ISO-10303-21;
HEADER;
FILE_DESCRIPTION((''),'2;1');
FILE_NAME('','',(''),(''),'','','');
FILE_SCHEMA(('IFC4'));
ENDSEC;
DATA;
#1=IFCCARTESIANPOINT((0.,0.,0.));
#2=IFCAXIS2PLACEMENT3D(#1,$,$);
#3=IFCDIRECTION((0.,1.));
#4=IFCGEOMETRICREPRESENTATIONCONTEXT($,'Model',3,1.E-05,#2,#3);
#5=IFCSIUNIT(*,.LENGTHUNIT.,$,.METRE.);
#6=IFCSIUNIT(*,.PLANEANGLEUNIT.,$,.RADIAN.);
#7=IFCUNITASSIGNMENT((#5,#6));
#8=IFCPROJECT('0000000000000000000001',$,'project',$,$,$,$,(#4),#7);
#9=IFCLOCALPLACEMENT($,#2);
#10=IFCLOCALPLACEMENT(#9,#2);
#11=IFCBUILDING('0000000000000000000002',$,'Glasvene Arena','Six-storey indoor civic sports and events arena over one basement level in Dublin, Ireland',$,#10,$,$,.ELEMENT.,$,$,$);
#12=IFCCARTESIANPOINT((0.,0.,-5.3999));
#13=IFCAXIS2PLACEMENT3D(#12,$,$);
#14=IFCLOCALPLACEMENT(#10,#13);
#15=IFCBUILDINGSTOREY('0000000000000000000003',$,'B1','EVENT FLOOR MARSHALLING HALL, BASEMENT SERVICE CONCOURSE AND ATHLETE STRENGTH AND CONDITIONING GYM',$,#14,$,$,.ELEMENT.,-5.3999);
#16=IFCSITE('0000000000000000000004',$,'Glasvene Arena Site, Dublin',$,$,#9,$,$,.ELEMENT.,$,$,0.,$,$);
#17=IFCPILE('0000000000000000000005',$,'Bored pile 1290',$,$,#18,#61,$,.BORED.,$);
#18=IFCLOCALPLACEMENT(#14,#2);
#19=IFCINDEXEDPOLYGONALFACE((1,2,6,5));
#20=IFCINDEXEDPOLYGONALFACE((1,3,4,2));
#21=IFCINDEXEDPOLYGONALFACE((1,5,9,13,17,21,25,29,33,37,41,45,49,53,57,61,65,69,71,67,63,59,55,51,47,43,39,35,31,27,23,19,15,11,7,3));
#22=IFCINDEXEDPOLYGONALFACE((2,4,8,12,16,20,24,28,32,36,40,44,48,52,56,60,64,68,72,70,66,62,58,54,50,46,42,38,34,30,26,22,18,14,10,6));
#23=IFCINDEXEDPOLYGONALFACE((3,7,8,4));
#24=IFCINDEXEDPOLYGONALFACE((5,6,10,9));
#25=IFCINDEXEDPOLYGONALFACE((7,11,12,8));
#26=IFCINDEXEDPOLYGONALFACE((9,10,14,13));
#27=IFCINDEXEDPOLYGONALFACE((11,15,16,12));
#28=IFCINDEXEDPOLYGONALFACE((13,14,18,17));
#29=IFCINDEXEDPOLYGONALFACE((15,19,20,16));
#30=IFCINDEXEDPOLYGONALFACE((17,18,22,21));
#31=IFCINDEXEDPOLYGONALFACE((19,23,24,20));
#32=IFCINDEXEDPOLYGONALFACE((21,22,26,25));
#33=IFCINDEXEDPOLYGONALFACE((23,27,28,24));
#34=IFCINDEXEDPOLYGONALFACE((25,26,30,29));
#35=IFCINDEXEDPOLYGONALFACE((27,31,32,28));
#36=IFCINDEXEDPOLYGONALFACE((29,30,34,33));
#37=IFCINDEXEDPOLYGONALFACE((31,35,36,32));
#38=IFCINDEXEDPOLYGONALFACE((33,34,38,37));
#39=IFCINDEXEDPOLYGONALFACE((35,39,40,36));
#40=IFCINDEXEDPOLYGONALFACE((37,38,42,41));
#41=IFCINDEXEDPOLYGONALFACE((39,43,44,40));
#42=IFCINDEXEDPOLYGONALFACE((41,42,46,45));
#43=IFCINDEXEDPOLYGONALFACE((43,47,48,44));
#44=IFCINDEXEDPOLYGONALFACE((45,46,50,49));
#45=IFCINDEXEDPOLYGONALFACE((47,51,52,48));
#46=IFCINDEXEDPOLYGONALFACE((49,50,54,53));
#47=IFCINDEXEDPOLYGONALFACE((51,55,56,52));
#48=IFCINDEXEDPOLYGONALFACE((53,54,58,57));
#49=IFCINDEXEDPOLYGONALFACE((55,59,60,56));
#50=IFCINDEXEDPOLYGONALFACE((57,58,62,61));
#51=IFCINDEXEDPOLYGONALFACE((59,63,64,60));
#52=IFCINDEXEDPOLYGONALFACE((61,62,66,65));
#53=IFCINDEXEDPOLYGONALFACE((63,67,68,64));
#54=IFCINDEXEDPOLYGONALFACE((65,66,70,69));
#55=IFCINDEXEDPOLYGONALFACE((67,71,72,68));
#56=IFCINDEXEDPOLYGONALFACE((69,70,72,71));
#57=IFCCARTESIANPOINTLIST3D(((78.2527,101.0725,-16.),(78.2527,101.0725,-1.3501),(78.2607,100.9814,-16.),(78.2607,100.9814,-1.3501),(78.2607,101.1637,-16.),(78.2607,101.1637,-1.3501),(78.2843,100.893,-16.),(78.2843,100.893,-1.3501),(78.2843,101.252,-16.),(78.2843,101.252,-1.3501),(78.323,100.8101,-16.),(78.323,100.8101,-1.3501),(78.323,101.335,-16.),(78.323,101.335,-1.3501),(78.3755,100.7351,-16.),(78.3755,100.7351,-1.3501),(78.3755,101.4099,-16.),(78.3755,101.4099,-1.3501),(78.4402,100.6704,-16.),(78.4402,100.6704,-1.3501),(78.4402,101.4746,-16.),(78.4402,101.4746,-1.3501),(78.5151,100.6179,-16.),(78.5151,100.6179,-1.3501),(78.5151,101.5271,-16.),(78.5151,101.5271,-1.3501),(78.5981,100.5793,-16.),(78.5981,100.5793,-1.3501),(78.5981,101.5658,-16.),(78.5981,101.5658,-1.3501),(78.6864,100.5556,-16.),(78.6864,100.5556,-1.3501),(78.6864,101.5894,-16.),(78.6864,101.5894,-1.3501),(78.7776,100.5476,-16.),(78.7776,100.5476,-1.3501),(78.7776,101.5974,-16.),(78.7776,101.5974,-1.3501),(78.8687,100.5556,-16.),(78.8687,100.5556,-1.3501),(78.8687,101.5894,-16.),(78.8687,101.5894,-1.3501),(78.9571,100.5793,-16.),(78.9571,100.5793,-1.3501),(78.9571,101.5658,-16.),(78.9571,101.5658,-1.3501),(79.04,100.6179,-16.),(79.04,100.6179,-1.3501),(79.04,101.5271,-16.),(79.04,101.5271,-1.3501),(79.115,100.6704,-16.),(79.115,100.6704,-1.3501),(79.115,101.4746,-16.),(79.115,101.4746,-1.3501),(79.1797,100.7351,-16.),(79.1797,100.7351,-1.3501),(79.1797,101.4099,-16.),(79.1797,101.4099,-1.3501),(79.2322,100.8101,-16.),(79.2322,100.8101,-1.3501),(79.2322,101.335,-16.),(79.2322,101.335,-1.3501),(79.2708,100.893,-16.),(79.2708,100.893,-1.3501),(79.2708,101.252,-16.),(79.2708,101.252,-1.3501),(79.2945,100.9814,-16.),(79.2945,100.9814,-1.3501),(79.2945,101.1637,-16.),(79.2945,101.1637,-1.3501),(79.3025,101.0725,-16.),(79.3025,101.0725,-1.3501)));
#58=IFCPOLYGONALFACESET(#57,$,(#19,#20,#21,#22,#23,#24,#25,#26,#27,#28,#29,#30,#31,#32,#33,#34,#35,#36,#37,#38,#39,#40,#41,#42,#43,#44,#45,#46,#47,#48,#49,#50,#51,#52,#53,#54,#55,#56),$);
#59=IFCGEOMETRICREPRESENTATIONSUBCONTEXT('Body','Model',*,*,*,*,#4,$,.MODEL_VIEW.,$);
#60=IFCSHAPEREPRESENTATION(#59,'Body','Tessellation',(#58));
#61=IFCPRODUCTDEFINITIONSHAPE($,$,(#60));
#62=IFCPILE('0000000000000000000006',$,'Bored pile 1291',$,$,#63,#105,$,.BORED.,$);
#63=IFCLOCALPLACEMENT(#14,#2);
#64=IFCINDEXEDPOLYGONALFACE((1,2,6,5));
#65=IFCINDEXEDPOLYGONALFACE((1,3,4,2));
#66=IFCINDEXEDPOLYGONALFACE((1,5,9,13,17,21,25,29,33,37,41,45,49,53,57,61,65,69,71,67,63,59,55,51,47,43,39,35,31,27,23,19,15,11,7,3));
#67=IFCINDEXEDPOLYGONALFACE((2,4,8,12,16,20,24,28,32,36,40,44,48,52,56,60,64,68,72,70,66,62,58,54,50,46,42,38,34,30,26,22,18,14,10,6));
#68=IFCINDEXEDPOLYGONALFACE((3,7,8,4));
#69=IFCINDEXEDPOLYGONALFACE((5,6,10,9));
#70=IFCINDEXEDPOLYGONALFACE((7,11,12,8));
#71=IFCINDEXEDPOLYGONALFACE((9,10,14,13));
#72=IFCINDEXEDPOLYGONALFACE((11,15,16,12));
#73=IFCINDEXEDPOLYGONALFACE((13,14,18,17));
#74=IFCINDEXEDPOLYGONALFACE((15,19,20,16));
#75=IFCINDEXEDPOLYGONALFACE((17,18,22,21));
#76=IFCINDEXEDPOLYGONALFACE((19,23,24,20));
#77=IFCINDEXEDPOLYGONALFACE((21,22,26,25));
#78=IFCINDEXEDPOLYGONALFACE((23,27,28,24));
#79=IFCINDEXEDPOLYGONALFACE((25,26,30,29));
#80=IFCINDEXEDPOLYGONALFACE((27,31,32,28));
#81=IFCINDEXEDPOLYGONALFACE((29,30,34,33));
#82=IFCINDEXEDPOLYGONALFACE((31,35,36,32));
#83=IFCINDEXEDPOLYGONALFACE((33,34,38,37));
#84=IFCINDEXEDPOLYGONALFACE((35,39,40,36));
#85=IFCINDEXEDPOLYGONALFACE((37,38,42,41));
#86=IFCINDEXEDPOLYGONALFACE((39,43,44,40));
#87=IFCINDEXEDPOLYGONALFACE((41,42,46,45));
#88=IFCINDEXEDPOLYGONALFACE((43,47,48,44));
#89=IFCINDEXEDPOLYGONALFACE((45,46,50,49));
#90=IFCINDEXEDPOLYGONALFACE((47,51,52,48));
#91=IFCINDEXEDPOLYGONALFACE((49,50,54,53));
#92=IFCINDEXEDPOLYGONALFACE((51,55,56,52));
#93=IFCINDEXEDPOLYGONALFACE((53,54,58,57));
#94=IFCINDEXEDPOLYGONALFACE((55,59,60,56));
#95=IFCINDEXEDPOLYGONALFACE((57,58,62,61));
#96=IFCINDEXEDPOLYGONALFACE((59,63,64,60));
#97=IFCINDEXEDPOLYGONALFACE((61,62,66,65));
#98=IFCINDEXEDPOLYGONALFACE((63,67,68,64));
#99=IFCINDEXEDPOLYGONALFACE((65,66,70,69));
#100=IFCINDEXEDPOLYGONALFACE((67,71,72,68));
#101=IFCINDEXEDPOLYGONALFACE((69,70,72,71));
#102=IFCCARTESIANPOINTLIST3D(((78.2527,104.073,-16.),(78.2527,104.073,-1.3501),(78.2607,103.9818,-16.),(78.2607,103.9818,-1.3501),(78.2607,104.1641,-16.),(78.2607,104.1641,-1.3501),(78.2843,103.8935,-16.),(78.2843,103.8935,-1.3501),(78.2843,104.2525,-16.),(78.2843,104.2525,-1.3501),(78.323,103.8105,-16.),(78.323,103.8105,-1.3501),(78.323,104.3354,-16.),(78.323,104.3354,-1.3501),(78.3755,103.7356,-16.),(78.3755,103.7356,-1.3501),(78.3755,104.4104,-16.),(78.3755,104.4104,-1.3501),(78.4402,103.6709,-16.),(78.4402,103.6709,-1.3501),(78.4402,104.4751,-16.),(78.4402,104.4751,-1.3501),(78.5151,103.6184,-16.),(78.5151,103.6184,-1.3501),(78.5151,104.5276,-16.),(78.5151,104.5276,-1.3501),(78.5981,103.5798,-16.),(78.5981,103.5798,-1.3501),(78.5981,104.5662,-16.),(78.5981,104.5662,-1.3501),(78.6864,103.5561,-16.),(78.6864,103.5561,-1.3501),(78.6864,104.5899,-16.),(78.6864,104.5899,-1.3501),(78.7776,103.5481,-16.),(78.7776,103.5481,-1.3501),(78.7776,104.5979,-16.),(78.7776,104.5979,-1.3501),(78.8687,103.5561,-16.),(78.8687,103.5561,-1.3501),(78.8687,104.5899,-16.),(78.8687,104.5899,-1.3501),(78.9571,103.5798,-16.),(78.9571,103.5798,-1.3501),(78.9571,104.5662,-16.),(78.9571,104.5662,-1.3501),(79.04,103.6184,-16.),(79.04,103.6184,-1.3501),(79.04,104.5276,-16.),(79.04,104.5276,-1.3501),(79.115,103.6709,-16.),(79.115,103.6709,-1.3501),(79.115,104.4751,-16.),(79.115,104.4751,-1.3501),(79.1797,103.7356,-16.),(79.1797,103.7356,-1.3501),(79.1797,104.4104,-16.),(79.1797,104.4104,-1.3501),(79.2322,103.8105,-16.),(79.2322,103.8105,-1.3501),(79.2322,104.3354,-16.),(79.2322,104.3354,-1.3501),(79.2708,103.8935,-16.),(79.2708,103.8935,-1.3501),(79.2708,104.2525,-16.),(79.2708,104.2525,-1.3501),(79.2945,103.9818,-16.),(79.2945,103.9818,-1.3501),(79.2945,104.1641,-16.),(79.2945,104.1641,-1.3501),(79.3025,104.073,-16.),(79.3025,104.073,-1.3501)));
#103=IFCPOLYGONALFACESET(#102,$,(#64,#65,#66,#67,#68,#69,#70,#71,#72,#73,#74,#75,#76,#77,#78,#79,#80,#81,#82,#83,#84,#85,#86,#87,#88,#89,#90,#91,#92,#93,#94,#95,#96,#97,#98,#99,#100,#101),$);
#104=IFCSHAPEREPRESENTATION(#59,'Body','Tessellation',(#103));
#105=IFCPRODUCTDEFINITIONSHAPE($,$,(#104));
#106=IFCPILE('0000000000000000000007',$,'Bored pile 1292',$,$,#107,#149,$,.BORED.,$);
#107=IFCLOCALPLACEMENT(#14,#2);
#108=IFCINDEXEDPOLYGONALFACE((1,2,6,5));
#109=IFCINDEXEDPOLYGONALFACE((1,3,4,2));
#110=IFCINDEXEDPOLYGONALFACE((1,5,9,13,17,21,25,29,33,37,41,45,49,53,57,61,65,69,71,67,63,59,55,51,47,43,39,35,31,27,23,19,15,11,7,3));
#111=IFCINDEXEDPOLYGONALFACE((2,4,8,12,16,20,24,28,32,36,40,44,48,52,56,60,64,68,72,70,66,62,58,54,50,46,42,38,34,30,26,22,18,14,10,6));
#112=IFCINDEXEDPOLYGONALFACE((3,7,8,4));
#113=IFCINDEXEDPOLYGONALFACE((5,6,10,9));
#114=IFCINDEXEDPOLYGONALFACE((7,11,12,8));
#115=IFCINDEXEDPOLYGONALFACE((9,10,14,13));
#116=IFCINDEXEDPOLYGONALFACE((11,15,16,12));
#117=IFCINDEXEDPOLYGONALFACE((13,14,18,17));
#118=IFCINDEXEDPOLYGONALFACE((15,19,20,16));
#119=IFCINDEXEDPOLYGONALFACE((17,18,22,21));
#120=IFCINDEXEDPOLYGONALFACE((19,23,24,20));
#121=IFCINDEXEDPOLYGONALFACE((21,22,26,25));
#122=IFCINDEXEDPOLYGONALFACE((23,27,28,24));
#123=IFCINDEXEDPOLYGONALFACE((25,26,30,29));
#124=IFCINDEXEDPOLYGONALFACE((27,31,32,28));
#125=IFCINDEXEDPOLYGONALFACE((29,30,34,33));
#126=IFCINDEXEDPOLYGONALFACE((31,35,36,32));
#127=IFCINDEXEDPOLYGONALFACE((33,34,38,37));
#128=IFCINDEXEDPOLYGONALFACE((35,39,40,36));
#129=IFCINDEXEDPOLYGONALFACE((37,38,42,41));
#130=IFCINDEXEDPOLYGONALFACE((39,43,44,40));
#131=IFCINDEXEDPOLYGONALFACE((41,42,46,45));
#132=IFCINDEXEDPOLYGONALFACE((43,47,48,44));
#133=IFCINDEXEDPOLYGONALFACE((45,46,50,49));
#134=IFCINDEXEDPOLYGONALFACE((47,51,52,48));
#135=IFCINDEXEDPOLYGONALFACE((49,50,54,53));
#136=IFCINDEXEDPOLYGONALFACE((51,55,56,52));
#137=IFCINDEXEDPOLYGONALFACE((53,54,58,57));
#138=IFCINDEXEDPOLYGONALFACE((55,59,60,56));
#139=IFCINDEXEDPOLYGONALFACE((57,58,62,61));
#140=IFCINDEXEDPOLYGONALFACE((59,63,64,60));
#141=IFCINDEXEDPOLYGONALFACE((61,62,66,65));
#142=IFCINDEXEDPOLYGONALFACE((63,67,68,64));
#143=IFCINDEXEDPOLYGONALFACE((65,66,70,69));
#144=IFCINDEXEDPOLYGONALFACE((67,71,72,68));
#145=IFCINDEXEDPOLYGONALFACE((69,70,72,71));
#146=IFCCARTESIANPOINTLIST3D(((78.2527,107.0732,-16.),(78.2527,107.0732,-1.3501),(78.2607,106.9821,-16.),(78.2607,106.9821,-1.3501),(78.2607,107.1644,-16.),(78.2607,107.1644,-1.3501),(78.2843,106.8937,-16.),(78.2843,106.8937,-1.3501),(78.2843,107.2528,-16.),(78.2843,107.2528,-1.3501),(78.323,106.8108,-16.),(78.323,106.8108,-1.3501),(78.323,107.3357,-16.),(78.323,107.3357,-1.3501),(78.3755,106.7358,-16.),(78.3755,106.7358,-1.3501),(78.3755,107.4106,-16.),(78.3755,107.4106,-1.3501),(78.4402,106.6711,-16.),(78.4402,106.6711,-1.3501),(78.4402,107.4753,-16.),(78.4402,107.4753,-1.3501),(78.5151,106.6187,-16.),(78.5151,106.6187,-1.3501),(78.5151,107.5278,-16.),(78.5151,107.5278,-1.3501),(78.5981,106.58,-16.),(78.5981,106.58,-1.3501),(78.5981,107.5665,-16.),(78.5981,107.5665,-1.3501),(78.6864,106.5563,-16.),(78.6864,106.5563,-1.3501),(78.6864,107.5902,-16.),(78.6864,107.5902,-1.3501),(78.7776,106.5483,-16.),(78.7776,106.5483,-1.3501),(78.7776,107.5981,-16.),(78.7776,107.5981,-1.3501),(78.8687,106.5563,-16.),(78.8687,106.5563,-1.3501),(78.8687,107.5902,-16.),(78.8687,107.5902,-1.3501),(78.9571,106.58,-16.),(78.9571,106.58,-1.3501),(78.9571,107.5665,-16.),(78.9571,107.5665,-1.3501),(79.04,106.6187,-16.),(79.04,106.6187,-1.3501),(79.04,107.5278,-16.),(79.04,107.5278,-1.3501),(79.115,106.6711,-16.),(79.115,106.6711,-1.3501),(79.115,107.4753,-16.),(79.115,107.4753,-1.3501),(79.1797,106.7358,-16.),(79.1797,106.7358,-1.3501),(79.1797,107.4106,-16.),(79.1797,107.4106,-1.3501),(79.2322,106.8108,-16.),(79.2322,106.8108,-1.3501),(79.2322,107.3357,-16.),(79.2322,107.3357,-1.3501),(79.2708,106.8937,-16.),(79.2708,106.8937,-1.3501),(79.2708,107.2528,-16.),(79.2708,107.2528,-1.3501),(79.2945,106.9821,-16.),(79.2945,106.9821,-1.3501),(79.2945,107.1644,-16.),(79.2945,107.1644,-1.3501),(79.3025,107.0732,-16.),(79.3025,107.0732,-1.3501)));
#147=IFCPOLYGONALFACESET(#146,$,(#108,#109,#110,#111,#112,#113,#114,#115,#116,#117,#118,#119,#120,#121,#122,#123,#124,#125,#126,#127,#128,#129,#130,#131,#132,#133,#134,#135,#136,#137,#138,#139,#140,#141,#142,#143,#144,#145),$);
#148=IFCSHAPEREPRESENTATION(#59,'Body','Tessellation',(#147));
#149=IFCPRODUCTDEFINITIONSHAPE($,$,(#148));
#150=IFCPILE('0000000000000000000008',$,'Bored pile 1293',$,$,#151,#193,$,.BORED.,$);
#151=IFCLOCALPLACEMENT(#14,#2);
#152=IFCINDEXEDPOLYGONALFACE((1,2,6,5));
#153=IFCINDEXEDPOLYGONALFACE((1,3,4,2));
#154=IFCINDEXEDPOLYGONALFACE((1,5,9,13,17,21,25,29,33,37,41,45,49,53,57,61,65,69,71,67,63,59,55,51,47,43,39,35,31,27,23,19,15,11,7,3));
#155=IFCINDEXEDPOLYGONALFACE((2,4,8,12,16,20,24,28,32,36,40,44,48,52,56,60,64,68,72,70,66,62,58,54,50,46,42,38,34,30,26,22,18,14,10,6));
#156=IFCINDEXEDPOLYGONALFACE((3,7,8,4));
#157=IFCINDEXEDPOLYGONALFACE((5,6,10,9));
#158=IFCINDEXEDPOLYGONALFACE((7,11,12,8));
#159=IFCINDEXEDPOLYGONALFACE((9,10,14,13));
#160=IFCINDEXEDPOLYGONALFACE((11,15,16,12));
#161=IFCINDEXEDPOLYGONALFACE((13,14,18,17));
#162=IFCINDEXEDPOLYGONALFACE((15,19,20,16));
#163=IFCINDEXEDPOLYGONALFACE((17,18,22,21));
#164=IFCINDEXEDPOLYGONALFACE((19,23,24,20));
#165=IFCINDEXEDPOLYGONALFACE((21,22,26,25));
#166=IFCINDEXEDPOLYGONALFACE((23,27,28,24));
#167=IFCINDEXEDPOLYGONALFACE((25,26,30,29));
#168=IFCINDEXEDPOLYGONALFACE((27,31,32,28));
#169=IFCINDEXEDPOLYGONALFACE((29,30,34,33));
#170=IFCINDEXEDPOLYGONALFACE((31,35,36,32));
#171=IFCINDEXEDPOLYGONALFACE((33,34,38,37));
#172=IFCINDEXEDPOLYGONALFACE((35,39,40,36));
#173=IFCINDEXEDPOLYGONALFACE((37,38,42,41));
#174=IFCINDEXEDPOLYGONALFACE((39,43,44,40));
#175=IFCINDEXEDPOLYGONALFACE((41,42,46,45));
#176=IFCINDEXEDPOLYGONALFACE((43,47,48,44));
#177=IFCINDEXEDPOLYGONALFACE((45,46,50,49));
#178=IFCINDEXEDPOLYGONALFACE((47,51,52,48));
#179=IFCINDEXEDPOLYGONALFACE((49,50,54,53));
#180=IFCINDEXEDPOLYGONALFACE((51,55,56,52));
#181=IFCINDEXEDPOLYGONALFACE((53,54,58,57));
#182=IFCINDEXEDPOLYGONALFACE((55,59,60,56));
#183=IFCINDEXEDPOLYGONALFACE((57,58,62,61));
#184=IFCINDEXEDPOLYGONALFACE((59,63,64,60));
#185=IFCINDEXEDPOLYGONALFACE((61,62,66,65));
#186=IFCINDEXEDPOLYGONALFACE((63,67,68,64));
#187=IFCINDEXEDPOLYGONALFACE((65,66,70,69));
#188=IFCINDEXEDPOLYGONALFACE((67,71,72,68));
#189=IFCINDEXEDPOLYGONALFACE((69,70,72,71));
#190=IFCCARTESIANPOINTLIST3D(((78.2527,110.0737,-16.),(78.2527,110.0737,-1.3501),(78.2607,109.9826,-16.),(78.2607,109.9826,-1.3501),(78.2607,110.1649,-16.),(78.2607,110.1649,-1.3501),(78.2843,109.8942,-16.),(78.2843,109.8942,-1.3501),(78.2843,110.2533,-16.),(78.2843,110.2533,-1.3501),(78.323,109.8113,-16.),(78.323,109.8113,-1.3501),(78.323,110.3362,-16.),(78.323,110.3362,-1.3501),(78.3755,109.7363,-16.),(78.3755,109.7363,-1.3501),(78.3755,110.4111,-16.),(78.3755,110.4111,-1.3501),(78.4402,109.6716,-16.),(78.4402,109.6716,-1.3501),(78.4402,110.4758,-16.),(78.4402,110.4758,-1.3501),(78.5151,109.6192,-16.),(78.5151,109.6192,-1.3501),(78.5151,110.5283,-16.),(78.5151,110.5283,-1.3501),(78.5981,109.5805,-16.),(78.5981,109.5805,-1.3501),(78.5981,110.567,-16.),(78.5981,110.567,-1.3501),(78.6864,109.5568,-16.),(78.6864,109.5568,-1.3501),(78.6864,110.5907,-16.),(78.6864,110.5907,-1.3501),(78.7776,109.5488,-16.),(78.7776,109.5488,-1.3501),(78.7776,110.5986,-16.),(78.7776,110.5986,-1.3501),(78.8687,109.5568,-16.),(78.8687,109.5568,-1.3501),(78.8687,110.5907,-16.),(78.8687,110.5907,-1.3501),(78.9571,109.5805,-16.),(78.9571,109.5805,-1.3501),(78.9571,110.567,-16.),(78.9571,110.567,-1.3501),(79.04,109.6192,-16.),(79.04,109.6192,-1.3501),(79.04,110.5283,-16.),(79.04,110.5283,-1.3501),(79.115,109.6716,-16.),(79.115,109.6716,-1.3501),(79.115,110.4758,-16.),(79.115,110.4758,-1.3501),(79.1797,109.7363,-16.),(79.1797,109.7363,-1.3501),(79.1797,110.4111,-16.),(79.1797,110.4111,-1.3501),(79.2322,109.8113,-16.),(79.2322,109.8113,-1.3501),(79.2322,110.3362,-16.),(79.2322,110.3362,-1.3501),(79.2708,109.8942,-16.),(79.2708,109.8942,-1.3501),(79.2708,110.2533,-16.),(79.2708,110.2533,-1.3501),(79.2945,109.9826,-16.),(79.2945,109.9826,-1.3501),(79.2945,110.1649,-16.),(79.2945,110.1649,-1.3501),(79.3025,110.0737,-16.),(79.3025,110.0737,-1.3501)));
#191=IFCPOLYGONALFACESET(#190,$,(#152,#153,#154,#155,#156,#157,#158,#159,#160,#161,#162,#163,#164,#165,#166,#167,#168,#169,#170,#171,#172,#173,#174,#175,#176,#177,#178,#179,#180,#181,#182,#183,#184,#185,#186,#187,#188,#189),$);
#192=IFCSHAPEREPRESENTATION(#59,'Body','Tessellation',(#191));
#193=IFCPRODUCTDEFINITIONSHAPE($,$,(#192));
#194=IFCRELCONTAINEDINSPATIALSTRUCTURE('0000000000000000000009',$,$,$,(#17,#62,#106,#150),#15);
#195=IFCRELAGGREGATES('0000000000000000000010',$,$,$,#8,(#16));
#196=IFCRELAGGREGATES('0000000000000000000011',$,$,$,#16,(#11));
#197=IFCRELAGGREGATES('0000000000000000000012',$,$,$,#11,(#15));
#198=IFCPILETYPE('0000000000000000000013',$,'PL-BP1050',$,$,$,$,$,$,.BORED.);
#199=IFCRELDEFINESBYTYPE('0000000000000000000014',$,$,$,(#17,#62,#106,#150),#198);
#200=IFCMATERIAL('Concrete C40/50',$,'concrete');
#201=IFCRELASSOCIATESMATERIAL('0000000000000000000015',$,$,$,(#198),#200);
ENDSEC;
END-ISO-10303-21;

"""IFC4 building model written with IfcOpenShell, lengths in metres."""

from ifc_helpers import new_model, si_unit, direction, frame, origin, origin_2d, place, context, subcontext, project, spatial, circle, extrude, material, material_profile, profile_set, type_object, element, save


model = new_model("IFC4")

# Units and contexts
model_context = context("Model", 3, precision=1e-05, world=origin(), true_north=direction((0.0, 1.0)))
body_context = subcontext(model_context, "Body", "Model", "MODEL_VIEW")
ifc_project = project(units=[si_unit("LENGTHUNIT", "METRE"), si_unit("PLANEANGLEUNIT", "RADIAN")], contexts=[model_context])

# Site, building, storey
site_placement = place(None, origin())
site = spatial("IfcSite", under=ifc_project, at=site_placement, Name="Glasvene Arena Site, Dublin", CompositionType="ELEMENT", RefElevation=0.0)
building_placement = place(site_placement, origin())
building = spatial("IfcBuilding", under=site, at=building_placement, Name="Glasvene Arena", Description="Six-storey indoor civic sports and events arena over one basement level in Dublin, Ireland", CompositionType="ELEMENT")
storey_placement = place(building_placement, frame((0.0, 0.0, -5.3999)))
storey = spatial("IfcBuildingStorey", under=building, at=storey_placement, Name="B1", Description="EVENT FLOOR MARSHALLING HALL, BASEMENT SERVICE CONCOURSE AND ATHLETE STRENGTH AND CONDITIONING GYM", CompositionType="ELEMENT", Elevation=-5.3999)

# Piles
ifc_material_1 = material(Name="Concrete C40/50", Category="concrete")
ifc_material_profile_1 = material_profile(ifc_material_1, circle(Radius=0.5249, at=origin_2d()), Name="BORED PILE 1050")
ifc_profile_set_1 = profile_set([ifc_material_profile_1], Name="Concrete C40/50")
pile_type_1 = type_object("IfcPileType", Name="PL-BP1050", PredefinedType="BORED", material=ifc_profile_set_1)
for number, where, z_axis, x_axis, name in (
    (1, (78.7776, 101.0725, -1.3501), (0.0, 0.0, -1.0), (1.0, 0.0, 0.0), "Bored pile 1290"),
    (2, (78.7776, 104.073, -1.3501), (0.0, 0.0, -1.0), (1.0, 0.0, 0.0), "Bored pile 1291"),
    (3, (78.7776, 107.0732, -1.3501), (0.0, 0.0, -1.0), (1.0, 0.0, 0.0), "Bored pile 1292"),
    (4, (78.7776, 110.0737, -1.3501), (0.0, 0.0, -1.0), (1.0, 0.0, 0.0), "Bored pile 1293"),
):
    element("IfcPile", number, at=place(storey_placement, frame(where, z_axis=z_axis, x_axis=x_axis)), inside=storey, type_object=pile_type_1, Name=name, PredefinedType="BORED", context=body_context, shape_type="SweptSolid", body=[
        extrude(circle(Radius=0.5249, at=origin_2d()), origin(), (0.0, 0.0, 1.0), 14.6499),
    ])

save(model, "model.ifc")
